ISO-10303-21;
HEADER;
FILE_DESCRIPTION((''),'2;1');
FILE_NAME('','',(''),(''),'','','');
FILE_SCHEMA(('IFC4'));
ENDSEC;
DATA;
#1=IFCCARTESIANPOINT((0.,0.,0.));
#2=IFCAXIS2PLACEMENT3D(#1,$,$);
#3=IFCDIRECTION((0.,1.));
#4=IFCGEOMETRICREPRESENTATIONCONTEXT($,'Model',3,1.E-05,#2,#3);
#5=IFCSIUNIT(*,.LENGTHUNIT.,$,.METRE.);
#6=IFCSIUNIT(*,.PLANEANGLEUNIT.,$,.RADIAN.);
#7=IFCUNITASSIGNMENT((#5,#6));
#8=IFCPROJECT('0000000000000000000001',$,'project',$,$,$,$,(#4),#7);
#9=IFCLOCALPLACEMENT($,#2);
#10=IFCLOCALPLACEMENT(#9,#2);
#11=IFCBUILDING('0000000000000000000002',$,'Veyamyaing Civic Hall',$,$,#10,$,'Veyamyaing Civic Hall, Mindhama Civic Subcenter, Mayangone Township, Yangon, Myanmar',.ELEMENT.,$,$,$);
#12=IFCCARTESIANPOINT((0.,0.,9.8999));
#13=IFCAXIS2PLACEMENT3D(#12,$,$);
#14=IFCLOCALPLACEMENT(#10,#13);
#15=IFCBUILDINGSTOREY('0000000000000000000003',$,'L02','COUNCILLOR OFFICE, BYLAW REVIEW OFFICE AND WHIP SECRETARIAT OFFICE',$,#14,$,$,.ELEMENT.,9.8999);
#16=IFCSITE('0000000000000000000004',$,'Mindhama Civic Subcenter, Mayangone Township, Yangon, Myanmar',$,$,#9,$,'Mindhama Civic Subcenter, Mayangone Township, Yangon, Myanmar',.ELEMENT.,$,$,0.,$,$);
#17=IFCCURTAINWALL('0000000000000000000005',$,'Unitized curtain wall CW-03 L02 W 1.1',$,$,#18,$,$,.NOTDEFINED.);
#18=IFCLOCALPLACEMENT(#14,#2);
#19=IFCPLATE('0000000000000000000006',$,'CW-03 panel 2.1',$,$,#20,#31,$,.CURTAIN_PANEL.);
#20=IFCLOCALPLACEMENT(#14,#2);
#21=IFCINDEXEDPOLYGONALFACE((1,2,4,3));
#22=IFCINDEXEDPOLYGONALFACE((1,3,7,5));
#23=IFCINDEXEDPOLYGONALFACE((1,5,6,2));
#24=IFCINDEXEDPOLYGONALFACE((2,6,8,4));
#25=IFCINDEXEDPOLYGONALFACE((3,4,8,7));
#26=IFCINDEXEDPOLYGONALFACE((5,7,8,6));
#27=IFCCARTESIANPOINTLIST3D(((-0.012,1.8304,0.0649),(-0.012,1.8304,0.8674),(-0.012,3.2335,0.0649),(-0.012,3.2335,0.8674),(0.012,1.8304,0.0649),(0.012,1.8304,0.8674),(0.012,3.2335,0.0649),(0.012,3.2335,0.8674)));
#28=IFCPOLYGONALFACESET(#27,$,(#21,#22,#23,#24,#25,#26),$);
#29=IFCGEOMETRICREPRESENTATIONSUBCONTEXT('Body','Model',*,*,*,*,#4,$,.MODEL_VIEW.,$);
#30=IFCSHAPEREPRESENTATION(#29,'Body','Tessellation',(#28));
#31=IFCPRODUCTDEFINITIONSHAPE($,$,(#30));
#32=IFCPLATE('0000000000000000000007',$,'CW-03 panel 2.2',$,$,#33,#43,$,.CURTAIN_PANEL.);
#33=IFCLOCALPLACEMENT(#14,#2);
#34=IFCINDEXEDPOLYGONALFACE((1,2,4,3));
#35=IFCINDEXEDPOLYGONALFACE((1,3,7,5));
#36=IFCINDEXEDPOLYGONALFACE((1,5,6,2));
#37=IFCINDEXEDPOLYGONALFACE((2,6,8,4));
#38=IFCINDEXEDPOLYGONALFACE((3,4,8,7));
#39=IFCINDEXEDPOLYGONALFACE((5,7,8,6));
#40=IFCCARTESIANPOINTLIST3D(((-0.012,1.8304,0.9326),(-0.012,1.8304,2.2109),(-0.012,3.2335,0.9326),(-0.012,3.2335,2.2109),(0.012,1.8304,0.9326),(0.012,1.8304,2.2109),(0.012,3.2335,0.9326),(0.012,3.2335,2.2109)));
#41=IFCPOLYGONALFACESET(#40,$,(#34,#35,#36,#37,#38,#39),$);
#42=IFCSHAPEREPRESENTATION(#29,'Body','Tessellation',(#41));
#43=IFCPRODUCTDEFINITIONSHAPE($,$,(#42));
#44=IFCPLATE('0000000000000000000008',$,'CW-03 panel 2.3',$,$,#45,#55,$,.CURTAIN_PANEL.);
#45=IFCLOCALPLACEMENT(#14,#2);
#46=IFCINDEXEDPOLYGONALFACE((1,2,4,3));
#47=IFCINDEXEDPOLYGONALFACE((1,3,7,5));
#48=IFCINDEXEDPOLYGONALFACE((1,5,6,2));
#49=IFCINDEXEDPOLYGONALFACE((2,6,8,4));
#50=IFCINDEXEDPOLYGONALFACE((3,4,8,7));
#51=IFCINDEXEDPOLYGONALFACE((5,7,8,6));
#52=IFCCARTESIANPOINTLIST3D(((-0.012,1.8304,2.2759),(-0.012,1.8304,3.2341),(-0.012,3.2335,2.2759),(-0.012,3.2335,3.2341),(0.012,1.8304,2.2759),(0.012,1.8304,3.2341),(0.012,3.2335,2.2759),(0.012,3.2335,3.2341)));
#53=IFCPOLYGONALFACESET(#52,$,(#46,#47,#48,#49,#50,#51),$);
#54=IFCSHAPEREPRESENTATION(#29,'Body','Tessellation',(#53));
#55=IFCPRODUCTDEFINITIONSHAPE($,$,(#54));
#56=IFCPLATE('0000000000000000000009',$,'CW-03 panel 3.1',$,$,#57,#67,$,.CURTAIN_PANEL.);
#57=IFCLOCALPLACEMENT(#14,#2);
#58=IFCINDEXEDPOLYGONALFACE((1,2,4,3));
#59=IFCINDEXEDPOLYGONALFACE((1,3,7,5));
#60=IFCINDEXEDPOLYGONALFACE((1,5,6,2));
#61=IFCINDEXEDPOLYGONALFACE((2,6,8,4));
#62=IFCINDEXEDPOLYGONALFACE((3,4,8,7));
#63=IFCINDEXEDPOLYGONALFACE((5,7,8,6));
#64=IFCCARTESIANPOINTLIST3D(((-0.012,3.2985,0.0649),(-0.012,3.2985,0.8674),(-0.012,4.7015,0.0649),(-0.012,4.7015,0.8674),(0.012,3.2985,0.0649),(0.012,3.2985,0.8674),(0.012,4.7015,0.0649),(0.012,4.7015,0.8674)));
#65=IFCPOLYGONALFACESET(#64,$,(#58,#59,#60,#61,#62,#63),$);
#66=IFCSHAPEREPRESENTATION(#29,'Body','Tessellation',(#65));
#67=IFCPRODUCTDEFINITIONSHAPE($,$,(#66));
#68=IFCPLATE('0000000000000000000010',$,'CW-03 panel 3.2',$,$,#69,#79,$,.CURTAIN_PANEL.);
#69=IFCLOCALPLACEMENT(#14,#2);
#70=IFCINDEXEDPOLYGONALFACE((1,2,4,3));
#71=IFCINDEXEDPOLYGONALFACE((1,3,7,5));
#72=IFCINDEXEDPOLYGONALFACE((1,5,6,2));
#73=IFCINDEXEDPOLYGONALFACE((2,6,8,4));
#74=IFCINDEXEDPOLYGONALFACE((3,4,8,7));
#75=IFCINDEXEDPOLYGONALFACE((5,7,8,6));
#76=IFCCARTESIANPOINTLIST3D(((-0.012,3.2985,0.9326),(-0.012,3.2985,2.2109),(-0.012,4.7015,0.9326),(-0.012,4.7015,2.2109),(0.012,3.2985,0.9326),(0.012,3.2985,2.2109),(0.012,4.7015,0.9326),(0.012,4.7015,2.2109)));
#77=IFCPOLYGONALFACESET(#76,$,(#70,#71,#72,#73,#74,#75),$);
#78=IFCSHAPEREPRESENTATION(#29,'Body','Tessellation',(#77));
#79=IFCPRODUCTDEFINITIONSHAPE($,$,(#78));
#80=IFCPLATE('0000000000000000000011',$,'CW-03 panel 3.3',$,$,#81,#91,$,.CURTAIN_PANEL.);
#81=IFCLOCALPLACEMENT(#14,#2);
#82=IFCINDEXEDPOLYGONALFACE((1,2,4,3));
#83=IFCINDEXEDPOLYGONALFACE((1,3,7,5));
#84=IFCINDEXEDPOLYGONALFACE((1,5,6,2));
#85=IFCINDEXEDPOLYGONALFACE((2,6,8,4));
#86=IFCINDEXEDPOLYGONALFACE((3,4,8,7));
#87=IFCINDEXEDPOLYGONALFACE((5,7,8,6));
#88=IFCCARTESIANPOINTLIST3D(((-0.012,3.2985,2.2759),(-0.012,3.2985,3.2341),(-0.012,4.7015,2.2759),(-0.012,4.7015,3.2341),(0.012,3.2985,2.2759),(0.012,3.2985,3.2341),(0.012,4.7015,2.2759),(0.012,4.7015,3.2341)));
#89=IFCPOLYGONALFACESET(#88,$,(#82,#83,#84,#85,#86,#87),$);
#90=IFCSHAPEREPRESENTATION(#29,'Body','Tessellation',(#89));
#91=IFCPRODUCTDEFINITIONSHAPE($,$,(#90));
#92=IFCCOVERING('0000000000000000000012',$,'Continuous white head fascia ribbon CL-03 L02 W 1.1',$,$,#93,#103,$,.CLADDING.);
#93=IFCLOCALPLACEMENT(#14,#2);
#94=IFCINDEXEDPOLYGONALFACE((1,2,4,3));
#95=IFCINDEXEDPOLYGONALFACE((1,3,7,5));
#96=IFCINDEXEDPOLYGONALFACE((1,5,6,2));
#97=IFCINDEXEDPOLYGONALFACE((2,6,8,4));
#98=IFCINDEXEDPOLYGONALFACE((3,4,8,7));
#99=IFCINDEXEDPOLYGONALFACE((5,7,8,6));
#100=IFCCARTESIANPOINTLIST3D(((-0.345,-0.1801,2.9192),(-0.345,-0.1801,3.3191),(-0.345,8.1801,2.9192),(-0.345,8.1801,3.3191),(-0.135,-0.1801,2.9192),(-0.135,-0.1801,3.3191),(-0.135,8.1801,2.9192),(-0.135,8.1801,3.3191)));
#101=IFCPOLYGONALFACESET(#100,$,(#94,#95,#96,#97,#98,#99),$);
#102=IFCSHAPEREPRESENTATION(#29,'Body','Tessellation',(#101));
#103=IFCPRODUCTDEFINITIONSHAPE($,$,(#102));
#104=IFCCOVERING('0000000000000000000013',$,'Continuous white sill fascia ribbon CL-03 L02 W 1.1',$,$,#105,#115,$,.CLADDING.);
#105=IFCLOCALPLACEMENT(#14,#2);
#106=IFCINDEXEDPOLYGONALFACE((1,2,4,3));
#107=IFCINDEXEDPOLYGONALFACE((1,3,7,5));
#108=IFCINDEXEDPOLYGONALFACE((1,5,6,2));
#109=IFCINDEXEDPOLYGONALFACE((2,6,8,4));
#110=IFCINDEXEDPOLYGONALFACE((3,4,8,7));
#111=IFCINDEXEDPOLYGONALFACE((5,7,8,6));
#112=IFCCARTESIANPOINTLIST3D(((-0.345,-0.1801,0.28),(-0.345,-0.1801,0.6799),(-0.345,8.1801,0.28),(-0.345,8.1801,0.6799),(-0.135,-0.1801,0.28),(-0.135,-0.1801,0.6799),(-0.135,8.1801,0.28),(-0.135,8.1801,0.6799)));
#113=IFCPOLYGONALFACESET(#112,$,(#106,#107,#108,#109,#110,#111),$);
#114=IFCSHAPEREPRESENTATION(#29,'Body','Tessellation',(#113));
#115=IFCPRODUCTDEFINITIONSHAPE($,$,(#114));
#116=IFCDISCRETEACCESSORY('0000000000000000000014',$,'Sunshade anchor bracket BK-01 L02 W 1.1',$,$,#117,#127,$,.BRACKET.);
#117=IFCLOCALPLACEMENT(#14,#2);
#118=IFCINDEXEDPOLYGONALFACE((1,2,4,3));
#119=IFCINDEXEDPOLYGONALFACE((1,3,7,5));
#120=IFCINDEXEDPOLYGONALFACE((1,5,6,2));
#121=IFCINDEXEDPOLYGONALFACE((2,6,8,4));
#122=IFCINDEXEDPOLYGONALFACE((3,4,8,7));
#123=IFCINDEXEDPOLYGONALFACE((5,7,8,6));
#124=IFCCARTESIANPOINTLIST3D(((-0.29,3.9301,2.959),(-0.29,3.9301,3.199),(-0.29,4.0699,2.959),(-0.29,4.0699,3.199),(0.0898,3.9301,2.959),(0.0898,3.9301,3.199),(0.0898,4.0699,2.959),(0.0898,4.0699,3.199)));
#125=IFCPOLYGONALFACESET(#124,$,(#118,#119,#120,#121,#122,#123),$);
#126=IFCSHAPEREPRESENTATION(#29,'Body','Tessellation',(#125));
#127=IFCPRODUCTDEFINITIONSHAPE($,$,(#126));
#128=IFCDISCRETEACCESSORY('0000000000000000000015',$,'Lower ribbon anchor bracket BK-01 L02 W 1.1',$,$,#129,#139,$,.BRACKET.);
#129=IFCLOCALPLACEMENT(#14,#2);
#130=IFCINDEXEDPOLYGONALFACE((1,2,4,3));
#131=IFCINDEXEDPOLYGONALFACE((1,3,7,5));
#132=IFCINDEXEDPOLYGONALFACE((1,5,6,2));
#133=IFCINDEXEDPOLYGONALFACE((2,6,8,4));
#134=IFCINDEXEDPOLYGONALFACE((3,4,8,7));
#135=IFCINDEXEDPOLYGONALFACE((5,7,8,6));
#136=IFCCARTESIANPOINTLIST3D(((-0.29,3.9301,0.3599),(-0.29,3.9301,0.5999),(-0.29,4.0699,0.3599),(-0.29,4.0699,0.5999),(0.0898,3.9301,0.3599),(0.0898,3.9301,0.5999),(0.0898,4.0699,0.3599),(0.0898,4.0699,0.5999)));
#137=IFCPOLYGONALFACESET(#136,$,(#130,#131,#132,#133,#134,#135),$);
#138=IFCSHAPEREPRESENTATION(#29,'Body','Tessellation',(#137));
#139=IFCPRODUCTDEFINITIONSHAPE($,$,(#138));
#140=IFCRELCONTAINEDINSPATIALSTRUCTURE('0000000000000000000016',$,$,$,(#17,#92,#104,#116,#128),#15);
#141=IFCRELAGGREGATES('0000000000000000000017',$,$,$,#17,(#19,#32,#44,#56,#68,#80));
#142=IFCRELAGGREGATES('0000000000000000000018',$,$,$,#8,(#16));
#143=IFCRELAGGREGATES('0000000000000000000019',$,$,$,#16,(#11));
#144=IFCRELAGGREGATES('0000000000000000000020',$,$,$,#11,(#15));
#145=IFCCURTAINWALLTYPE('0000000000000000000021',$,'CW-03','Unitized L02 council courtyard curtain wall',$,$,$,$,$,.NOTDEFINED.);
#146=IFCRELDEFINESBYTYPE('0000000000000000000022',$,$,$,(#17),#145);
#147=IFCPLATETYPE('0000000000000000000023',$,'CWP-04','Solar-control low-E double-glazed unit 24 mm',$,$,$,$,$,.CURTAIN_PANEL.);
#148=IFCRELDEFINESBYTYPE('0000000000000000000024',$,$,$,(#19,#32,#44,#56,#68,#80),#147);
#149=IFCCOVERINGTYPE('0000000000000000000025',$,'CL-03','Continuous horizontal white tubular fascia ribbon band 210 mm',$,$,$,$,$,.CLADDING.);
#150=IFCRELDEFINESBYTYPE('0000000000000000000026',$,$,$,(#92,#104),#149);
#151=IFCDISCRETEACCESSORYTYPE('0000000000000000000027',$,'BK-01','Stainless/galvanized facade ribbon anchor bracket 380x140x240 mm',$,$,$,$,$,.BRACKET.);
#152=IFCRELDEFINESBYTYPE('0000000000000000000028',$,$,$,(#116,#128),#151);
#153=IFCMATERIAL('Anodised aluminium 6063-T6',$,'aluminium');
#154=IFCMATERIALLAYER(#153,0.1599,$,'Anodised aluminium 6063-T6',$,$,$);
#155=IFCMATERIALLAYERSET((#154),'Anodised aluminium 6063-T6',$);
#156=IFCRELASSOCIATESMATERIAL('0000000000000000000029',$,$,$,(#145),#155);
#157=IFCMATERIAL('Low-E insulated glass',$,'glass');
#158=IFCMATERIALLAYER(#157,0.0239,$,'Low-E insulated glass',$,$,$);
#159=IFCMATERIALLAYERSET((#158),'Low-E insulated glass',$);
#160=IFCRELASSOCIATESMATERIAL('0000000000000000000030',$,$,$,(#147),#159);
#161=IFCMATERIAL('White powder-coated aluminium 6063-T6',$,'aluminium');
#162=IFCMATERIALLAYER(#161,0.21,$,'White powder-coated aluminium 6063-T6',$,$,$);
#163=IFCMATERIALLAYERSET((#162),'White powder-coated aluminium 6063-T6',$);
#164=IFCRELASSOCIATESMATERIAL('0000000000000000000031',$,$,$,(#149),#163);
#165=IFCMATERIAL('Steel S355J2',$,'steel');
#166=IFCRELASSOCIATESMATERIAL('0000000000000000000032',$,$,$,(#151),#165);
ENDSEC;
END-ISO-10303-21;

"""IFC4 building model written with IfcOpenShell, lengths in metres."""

from ifc_helpers import new_model, si_unit, direction, frame, origin, origin_2d, place, context, subcontext, project, spatial, rectangle, extrude, material, layer, layer_set, type_object, element, aggregate, save


model = new_model("IFC4")

# Units and contexts
model_context = context("Model", 3, precision=1e-05, world=origin(), true_north=direction((0.0, 1.0)))
body_context = subcontext(model_context, "Body", "Model", "MODEL_VIEW")
ifc_project = project(units=[si_unit("LENGTHUNIT", "METRE"), si_unit("PLANEANGLEUNIT", "RADIAN")], contexts=[model_context])

# Site, building, storey
site_placement = place(None, origin())
site = spatial("IfcSite", under=ifc_project, at=site_placement, Name="Mindhama Civic Subcenter, Mayangone Township, Yangon, Myanmar", LongName="Mindhama Civic Subcenter, Mayangone Township, Yangon, Myanmar", CompositionType="ELEMENT", RefElevation=0.0)
building_placement = place(site_placement, origin())
building = spatial("IfcBuilding", under=site, at=building_placement, Name="Veyamyaing Civic Hall", LongName="Veyamyaing Civic Hall, Mindhama Civic Subcenter, Mayangone Township, Yangon, Myanmar", CompositionType="ELEMENT")
storey_placement = place(building_placement, frame((0.0, 0.0, 9.8999)))
storey = spatial("IfcBuildingStorey", under=building, at=storey_placement, Name="L02", Description="COUNCILLOR OFFICE, BYLAW REVIEW OFFICE AND WHIP SECRETARIAT OFFICE", CompositionType="ELEMENT", Elevation=9.8999)

# Curtain wall
ifc_material_1 = material(Name="Anodised aluminium 6063-T6", Category="aluminium")
ifc_layer_1 = layer(ifc_material_1, 0.1599, Name="Anodised aluminium 6063-T6")
ifc_layer_set_1 = layer_set([ifc_layer_1], Name="Anodised aluminium 6063-T6")
curtain_wall_type = type_object("IfcCurtainWallType", Name="CW-03", Description="Unitized L02 council courtyard curtain wall", PredefinedType="NOTDEFINED", material=ifc_layer_set_1)
curtain_wall_placement = place(storey_placement, origin())
curtain_wall = element("IfcCurtainWall", 1, at=curtain_wall_placement, inside=storey, type_object=curtain_wall_type, Name="Unitized curtain wall CW-03 L02 W 1.1", PredefinedType="NOTDEFINED")

# Plates
ifc_material_2 = material(Name="Low-E insulated glass", Category="glass")
ifc_layer_2 = layer(ifc_material_2, 0.0239, Name="Low-E insulated glass")
ifc_layer_set_2 = layer_set([ifc_layer_2], Name="Low-E insulated glass")
plate_type = type_object("IfcPlateType", Name="CWP-04", Description="Solar-control low-E double-glazed unit 24 mm", PredefinedType="CURTAIN_PANEL", material=ifc_layer_set_2)
plate_1_placement = place(storey_placement, frame((0.0, 2.532, 0.0649), z_axis=(0.0, 0.0, 1.0), x_axis=(0.0, 1.0, 0.0)))
plate_1 = element("IfcPlate", 2, at=plate_1_placement, type_object=plate_type, Name="CW-03 panel 2.1", PredefinedType="CURTAIN_PANEL", context=body_context, shape_type="SweptSolid", body=[
    extrude(rectangle(XDim=1.4031, YDim=0.0239, at=origin_2d()), origin(), (0.0, 0.0, 1.0), 0.8025),
])
plate_2_placement = place(storey_placement, frame((0.0, 2.532, 0.9326), z_axis=(0.0, 0.0, 1.0), x_axis=(0.0, 1.0, 0.0)))
plate_2 = element("IfcPlate", 3, at=plate_2_placement, type_object=plate_type, Name="CW-03 panel 2.2", PredefinedType="CURTAIN_PANEL", context=body_context, shape_type="SweptSolid", body=[
    extrude(rectangle(XDim=1.4031, YDim=0.0239, at=origin_2d()), origin(), (0.0, 0.0, 1.0), 1.2783),
])
plate_3_placement = place(storey_placement, frame((0.0, 2.532, 2.2759), z_axis=(0.0, 0.0, 1.0), x_axis=(0.0, 1.0, 0.0)))
plate_3 = element("IfcPlate", 4, at=plate_3_placement, type_object=plate_type, Name="CW-03 panel 2.3", PredefinedType="CURTAIN_PANEL", context=body_context, shape_type="SweptSolid", body=[
    extrude(rectangle(XDim=1.4031, YDim=0.0239, at=origin_2d()), origin(), (0.0, 0.0, 1.0), 0.9583),
])
plate_4_placement = place(storey_placement, frame((0.0, 4.0, 0.0649), z_axis=(0.0, 0.0, 1.0), x_axis=(0.0, 1.0, 0.0)))
plate_4 = element("IfcPlate", 5, at=plate_4_placement, type_object=plate_type, Name="CW-03 panel 3.1", PredefinedType="CURTAIN_PANEL", context=body_context, shape_type="SweptSolid", body=[
    extrude(rectangle(XDim=1.4031, YDim=0.0239, at=origin_2d()), origin(), (0.0, 0.0, 1.0), 0.8025),
])
plate_5_placement = place(storey_placement, frame((0.0, 4.0, 0.9326), z_axis=(0.0, 0.0, 1.0), x_axis=(0.0, 1.0, 0.0)))
plate_5 = element("IfcPlate", 6, at=plate_5_placement, type_object=plate_type, Name="CW-03 panel 3.2", PredefinedType="CURTAIN_PANEL", context=body_context, shape_type="SweptSolid", body=[
    extrude(rectangle(XDim=1.4031, YDim=0.0239, at=origin_2d()), origin(), (0.0, 0.0, 1.0), 1.2783),
])
plate_6_placement = place(storey_placement, frame((0.0, 4.0, 2.2759), z_axis=(0.0, 0.0, 1.0), x_axis=(0.0, 1.0, 0.0)))
plate_6 = element("IfcPlate", 7, at=plate_6_placement, type_object=plate_type, Name="CW-03 panel 3.3", PredefinedType="CURTAIN_PANEL", context=body_context, shape_type="SweptSolid", body=[
    extrude(rectangle(XDim=1.4031, YDim=0.0239, at=origin_2d()), origin(), (0.0, 0.0, 1.0), 0.9583),
])
aggregate(curtain_wall, [plate_1, plate_2, plate_3, plate_4, plate_5, plate_6])

# Coverings
ifc_material_3 = material(Name="White powder-coated aluminium 6063-T6", Category="aluminium")
ifc_layer_3 = layer(ifc_material_3, 0.21, Name="White powder-coated aluminium 6063-T6")
ifc_layer_set_3 = layer_set([ifc_layer_3], Name="White powder-coated aluminium 6063-T6")
covering_type = type_object("IfcCoveringType", Name="CL-03", Description="Continuous horizontal white tubular fascia ribbon band 210 mm", PredefinedType="CLADDING", material=ifc_layer_set_3)
for number, where, z_axis, x_axis, name in (
    (8, (-0.24, 4.0, 2.9192), (0.0, 0.0, 1.0), (0.0, 1.0, 0.0), "Continuous white head fascia ribbon CL-03 L02 W 1.1"),
    (9, (-0.24, 4.0, 0.28), (0.0, 0.0, 1.0), (0.0, 1.0, 0.0), "Continuous white sill fascia ribbon CL-03 L02 W 1.1"),
):
    element("IfcCovering", number, at=place(storey_placement, frame(where, z_axis=z_axis, x_axis=x_axis)), inside=storey, type_object=covering_type, Name=name, PredefinedType="CLADDING", context=body_context, shape_type="SweptSolid", body=[
        extrude(rectangle(XDim=8.3601, YDim=0.21, at=origin_2d()), origin(), (0.0, 0.0, 1.0), 0.3999),
    ])

# Discrete accessories
ifc_material_4 = material(Name="Steel S355J2", Category="steel")
discrete_accessory_type = type_object("IfcDiscreteAccessoryType", Name="BK-01", Description="Stainless/galvanized facade ribbon anchor bracket 380x140x240 mm", PredefinedType="BRACKET", material=ifc_material_4)
for number, where, z_axis, x_axis, name in (
    (10, (-0.1001, 4.0, 2.959), (0.0, 0.0, 1.0), (-1.0, 0.0, 0.0), "Sunshade anchor bracket BK-01 L02 W 1.1"),
    (11, (-0.1001, 4.0, 0.3599), (0.0, 0.0, 1.0), (-1.0, 0.0, 0.0), "Lower ribbon anchor bracket BK-01 L02 W 1.1"),
):
    element("IfcDiscreteAccessory", number, at=place(storey_placement, frame(where, z_axis=z_axis, x_axis=x_axis)), inside=storey, type_object=discrete_accessory_type, Name=name, PredefinedType="BRACKET", context=body_context, shape_type="SweptSolid", body=[
        extrude(rectangle(XDim=0.3799, YDim=0.1399, at=origin_2d()), origin(), (0.0, 0.0, 1.0), 0.24),
    ])

save(model, "model.ifc")
